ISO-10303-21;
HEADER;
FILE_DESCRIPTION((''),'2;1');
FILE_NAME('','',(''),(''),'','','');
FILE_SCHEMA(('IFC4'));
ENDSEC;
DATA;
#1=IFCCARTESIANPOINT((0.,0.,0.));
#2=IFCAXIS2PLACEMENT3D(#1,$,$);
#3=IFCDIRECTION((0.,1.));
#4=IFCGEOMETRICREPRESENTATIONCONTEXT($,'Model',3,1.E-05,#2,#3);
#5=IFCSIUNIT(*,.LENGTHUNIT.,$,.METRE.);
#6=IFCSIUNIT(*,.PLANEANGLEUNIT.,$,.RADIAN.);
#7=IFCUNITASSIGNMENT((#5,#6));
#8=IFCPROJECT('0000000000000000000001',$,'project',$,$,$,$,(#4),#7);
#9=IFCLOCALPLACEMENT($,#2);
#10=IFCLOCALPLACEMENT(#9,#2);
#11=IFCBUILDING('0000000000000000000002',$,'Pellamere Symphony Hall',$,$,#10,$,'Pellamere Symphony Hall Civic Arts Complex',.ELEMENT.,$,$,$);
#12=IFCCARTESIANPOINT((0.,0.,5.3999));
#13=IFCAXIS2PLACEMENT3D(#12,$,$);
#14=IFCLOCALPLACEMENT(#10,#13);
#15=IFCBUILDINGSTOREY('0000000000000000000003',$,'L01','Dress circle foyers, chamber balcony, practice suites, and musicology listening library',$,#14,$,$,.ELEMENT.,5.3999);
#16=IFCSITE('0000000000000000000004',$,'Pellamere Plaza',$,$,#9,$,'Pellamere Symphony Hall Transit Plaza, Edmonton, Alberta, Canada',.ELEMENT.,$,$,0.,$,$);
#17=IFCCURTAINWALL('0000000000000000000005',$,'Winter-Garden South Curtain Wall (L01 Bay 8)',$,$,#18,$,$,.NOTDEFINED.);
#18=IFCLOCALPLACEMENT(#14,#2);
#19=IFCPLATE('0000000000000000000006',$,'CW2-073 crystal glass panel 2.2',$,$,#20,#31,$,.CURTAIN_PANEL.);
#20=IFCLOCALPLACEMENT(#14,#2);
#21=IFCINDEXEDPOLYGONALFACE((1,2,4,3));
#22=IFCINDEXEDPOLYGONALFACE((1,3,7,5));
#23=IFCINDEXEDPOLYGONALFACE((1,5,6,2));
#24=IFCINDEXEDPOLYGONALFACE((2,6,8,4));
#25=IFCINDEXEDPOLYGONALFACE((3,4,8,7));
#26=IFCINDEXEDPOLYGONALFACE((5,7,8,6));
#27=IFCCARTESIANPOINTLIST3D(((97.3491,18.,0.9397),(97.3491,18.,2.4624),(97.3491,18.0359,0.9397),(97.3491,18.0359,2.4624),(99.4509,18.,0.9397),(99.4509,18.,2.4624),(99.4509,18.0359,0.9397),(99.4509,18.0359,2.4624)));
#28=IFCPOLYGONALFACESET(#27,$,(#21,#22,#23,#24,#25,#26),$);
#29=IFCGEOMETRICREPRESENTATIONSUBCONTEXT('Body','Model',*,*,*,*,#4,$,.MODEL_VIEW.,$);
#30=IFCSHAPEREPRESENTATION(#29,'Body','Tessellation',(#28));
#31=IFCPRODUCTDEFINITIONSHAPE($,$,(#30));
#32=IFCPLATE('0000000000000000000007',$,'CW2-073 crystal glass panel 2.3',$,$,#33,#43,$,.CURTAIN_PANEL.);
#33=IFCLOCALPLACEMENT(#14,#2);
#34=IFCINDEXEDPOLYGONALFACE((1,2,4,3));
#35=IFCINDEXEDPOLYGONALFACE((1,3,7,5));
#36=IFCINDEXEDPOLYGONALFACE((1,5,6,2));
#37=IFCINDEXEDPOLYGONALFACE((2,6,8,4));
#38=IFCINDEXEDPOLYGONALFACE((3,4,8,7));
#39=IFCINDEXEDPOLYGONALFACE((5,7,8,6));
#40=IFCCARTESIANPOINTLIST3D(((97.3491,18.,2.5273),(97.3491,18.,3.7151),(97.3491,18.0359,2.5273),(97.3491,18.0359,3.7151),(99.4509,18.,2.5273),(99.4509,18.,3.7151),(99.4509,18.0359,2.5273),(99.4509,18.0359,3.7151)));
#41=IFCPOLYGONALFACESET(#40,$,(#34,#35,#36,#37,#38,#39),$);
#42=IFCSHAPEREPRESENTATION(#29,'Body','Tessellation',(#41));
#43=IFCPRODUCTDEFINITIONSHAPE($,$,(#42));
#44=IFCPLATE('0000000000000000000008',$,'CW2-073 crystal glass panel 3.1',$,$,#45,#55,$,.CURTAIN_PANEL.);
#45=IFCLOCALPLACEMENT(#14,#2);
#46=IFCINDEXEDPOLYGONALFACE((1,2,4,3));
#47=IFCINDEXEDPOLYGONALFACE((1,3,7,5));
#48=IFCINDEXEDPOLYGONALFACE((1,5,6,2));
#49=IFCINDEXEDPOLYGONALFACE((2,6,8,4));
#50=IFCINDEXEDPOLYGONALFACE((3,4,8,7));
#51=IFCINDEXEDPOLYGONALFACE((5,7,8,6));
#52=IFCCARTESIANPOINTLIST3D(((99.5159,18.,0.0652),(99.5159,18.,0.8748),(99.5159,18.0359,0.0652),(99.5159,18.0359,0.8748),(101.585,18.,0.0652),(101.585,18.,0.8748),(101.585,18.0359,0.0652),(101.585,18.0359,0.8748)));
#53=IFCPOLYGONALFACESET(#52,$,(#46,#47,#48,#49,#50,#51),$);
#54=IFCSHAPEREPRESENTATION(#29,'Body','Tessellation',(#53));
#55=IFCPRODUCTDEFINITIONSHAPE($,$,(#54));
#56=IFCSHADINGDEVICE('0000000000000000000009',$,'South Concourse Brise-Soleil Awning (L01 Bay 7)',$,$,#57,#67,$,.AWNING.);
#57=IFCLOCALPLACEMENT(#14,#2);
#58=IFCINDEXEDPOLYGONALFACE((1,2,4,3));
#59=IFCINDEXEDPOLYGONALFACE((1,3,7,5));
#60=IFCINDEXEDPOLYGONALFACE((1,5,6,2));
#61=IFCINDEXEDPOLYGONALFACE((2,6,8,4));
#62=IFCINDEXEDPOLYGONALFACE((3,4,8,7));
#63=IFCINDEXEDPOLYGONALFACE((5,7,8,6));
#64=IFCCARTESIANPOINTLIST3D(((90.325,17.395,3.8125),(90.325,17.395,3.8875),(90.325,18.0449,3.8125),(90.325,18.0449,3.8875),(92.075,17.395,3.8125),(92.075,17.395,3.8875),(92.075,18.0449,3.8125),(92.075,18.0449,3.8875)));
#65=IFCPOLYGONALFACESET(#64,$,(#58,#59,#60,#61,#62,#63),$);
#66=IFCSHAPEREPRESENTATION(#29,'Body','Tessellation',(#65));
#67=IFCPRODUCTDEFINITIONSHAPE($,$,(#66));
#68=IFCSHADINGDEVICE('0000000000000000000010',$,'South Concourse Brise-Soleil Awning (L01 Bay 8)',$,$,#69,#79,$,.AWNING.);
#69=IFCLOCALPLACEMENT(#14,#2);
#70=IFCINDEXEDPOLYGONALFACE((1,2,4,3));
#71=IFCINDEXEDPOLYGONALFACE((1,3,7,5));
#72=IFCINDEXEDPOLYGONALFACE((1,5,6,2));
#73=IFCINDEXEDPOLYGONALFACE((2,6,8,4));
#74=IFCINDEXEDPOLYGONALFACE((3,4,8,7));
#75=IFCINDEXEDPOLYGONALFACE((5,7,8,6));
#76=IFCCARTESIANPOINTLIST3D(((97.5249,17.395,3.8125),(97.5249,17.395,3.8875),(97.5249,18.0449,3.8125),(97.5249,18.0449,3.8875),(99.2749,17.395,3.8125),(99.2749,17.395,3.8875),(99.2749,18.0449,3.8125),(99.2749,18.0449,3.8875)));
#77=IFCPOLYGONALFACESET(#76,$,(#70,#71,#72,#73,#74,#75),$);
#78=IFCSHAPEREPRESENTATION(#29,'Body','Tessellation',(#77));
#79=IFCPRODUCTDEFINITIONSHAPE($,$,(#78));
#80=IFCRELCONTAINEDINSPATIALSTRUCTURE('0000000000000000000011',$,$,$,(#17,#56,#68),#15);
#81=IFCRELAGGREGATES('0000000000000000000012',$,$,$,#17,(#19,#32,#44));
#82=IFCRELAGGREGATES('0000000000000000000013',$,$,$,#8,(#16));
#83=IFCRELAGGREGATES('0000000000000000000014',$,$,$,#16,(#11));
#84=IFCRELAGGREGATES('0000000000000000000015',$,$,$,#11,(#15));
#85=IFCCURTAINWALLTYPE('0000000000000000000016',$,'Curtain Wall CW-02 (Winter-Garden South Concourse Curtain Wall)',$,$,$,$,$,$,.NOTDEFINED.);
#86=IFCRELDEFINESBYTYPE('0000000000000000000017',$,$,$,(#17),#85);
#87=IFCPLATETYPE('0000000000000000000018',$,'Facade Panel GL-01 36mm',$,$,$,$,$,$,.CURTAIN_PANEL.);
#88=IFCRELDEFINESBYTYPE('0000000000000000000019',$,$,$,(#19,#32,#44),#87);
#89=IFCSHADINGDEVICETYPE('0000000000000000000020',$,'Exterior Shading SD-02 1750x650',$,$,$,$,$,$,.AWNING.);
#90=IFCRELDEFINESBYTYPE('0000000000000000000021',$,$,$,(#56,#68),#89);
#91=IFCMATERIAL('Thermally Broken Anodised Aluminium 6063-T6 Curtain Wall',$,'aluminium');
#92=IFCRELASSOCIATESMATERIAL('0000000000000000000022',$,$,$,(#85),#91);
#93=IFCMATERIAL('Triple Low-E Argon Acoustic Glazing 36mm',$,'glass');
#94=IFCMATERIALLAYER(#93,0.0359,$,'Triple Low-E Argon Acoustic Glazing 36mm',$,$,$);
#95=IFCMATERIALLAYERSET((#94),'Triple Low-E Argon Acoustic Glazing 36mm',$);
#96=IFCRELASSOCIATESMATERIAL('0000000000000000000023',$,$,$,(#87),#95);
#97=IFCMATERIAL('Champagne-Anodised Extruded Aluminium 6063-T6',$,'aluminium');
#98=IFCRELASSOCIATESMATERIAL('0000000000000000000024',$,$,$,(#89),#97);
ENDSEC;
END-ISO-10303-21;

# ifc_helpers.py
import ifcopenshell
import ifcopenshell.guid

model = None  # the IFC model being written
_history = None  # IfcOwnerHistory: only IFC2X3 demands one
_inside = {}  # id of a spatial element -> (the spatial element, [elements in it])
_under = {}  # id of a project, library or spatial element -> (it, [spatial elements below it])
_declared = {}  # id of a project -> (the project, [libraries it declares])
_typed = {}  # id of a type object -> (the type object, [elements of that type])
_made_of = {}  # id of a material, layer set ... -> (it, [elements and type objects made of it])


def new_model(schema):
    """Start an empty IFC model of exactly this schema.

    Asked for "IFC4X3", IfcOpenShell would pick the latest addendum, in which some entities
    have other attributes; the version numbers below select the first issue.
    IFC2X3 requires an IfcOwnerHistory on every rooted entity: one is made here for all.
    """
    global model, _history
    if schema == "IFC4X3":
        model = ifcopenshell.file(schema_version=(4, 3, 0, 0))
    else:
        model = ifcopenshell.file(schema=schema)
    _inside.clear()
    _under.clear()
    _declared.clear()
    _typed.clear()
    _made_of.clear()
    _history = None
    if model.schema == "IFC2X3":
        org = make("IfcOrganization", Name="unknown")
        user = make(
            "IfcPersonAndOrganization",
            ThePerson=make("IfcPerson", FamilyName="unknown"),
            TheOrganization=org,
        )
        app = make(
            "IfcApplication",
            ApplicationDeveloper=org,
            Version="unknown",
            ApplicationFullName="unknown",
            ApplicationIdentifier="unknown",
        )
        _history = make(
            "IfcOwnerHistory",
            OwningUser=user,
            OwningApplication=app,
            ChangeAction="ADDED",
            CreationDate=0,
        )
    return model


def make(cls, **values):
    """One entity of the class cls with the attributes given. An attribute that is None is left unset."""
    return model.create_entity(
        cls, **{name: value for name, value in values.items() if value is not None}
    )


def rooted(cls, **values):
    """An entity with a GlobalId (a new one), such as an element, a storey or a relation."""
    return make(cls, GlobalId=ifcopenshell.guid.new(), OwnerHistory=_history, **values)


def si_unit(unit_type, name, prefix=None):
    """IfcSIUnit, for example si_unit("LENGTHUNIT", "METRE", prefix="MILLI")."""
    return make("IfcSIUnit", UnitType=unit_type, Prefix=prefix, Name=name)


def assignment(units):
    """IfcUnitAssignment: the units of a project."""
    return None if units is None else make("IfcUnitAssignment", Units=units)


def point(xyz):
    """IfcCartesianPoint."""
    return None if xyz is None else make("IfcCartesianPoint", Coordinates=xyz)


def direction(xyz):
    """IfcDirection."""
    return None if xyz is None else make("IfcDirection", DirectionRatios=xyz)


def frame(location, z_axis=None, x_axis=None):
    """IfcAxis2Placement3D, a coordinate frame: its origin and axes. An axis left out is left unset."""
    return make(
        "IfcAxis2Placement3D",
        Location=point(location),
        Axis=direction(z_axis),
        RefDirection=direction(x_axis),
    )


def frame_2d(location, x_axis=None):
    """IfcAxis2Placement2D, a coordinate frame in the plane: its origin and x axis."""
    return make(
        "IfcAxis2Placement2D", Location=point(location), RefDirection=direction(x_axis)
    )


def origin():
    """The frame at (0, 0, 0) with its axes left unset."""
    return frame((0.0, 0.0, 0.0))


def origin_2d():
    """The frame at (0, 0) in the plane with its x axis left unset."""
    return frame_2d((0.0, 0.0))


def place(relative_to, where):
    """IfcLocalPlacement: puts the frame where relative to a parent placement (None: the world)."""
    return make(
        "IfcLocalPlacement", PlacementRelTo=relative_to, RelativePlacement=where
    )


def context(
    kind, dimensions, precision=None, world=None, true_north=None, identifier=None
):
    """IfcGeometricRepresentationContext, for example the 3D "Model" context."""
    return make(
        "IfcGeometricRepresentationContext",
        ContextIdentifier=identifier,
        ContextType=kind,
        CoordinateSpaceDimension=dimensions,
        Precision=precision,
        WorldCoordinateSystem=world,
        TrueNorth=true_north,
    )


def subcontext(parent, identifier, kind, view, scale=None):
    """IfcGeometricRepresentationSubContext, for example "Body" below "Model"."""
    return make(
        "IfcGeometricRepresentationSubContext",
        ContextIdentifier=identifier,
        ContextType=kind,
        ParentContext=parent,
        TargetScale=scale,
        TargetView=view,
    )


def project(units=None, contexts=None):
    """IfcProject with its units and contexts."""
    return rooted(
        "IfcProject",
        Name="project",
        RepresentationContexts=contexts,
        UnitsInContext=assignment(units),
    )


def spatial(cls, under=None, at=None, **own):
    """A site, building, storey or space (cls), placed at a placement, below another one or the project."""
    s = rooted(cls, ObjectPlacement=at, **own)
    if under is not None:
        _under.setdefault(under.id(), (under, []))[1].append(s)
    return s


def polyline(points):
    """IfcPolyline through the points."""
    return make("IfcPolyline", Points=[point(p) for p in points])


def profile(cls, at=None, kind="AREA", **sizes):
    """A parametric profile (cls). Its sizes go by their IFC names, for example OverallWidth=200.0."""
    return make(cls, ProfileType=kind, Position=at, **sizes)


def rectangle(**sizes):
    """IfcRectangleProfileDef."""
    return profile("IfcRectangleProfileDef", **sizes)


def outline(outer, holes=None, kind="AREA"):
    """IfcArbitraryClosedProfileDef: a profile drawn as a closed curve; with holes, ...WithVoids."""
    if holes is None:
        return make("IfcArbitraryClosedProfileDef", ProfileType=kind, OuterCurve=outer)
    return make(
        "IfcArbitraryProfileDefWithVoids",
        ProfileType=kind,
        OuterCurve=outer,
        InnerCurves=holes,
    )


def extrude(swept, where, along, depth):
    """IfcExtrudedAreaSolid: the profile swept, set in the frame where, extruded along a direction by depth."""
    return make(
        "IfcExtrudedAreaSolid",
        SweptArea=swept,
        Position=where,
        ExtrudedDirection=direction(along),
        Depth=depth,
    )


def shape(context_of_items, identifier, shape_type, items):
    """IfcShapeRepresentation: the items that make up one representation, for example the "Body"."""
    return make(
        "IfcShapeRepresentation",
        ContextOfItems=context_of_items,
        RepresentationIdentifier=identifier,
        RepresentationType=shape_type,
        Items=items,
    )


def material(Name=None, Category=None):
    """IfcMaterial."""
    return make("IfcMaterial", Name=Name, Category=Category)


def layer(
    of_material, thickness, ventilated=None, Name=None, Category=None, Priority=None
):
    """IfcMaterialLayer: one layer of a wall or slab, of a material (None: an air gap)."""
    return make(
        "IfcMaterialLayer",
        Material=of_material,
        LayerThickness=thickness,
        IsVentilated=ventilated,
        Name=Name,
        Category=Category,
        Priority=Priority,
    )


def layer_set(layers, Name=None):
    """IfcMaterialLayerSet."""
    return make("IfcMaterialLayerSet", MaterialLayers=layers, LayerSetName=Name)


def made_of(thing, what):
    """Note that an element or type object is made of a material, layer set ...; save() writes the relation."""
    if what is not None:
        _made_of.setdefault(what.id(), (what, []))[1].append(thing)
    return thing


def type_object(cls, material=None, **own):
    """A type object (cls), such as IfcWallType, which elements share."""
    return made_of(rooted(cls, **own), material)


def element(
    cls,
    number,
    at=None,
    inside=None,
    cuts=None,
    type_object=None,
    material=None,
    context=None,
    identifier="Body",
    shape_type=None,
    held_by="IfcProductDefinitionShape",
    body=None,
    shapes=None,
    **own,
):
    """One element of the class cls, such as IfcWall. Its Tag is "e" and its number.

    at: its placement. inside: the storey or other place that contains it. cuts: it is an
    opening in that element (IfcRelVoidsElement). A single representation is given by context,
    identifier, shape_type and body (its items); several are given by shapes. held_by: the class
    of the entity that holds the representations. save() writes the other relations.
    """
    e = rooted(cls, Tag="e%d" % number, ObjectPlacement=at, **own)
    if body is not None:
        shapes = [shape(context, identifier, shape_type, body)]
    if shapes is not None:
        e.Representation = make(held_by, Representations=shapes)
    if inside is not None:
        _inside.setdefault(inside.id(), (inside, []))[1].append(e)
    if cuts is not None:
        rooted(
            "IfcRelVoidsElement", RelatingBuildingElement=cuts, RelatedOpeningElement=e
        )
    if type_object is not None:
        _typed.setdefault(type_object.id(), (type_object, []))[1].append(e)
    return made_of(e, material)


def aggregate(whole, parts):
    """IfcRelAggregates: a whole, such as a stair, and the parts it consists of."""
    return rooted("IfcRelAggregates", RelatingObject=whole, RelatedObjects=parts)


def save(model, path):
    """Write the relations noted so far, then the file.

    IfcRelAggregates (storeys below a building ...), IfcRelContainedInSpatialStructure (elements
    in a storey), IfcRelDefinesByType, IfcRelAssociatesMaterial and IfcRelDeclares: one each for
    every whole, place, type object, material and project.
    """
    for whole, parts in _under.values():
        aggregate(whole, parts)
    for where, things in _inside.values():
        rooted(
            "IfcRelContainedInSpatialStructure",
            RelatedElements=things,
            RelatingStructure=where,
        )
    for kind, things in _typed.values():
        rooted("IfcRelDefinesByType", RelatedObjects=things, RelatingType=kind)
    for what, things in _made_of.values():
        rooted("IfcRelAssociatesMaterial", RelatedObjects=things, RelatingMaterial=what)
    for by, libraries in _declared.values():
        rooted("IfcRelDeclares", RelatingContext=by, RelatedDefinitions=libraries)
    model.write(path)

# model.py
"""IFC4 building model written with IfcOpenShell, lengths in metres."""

from ifc_helpers import new_model, si_unit, direction, frame, origin, origin_2d, place, context, subcontext, project, spatial, polyline, rectangle, outline, extrude, material, layer, layer_set, type_object, element, aggregate, save


model = new_model("IFC4")

# Units and contexts
model_context = context("Model", 3, precision=1e-05, world=origin(), true_north=direction((0.0, 1.0)))
body_context = subcontext(model_context, "Body", "Model", "MODEL_VIEW")
ifc_project = project(units=[si_unit("LENGTHUNIT", "METRE"), si_unit("PLANEANGLEUNIT", "RADIAN")], contexts=[model_context])

# Site, building, storey
site_placement = place(None, origin())
site = spatial("IfcSite", under=ifc_project, at=site_placement, Name="Pellamere Plaza", LongName="Pellamere Symphony Hall Transit Plaza, Edmonton, Alberta, Canada", CompositionType="ELEMENT", RefElevation=0.0)
building_placement = place(site_placement, origin())
building = spatial("IfcBuilding", under=site, at=building_placement, Name="Pellamere Symphony Hall", LongName="Pellamere Symphony Hall Civic Arts Complex", CompositionType="ELEMENT")
storey_placement = place(building_placement, frame((0.0, 0.0, 5.3999)))
storey = spatial("IfcBuildingStorey", under=building, at=storey_placement, Name="L01", Description="Dress circle foyers, chamber balcony, practice suites, and musicology listening library", CompositionType="ELEMENT", Elevation=5.3999)

# Curtain wall
ifc_material_1 = material(Name="Thermally Broken Anodised Aluminium 6063-T6 Curtain Wall", Category="aluminium")
curtain_wall_type = type_object("IfcCurtainWallType", Name="Curtain Wall CW-02 (Winter-Garden South Concourse Curtain Wall)", PredefinedType="NOTDEFINED", material=ifc_material_1)
curtain_wall_1_placement = place(storey_placement, origin())
curtain_wall_1 = element("IfcCurtainWall", 1, at=curtain_wall_1_placement, inside=storey, type_object=curtain_wall_type, Name="Winter-Garden South Curtain Wall (L01 Bay 8)", PredefinedType="NOTDEFINED")

# Plates
ifc_material_2 = material(Name="Triple Low-E Argon Acoustic Glazing 36mm", Category="glass")
ifc_layer = layer(ifc_material_2, 0.0359, Name="Triple Low-E Argon Acoustic Glazing 36mm")
ifc_layer_set = layer_set([ifc_layer], Name="Triple Low-E Argon Acoustic Glazing 36mm")
plate_type = type_object("IfcPlateType", Name="Facade Panel GL-01 36mm", PredefinedType="CURTAIN_PANEL", material=ifc_layer_set)
plate_1_placement = place(storey_placement, frame((97.3491, 18.0, 0.9397), z_axis=(0.0, -1.0, 0.0), x_axis=(1.0, 0.0, 0.0)))
plate_1 = element("IfcPlate", 2, at=plate_1_placement, type_object=plate_type, Name="CW2-073 crystal glass panel 2.2", PredefinedType="CURTAIN_PANEL", context=body_context, shape_type="SweptSolid", body=[
    extrude(outline(polyline([(0.0, 0.0), (2.1018, 0.0), (2.1018, 1.5227), (0.0, 1.5227), (0.0, 0.0)])), origin(), (0.0, 0.0, -1.0), 0.0359),
])
plate_2_placement = place(storey_placement, frame((97.3491, 18.0, 2.5273), z_axis=(0.0, -1.0, 0.0), x_axis=(1.0, 0.0, 0.0)))
plate_2 = element("IfcPlate", 3, at=plate_2_placement, type_object=plate_type, Name="CW2-073 crystal glass panel 2.3", PredefinedType="CURTAIN_PANEL", context=body_context, shape_type="SweptSolid", body=[
    extrude(outline(polyline([(0.0, 0.0), (2.1018, 0.0), (2.1018, 1.1877), (0.0, 1.1877), (0.0, 0.0)])), origin(), (0.0, 0.0, -1.0), 0.0359),
])
plate_3_placement = place(storey_placement, frame((99.5159, 18.0, 0.0652), z_axis=(0.0, -1.0, 0.0), x_axis=(1.0, 0.0, 0.0)))
plate_3 = element("IfcPlate", 4, at=plate_3_placement, type_object=plate_type, Name="CW2-073 crystal glass panel 3.1", PredefinedType="CURTAIN_PANEL", context=body_context, shape_type="SweptSolid", body=[
    extrude(outline(polyline([(0.0, 0.0), (2.0691, 0.0), (2.0691, 0.8096), (0.0, 0.8096), (0.0, 0.0)])), origin(), (0.0, 0.0, -1.0), 0.0359),
])
aggregate(curtain_wall_1, [plate_1, plate_2, plate_3])

# Shading devices
ifc_material_3 = material(Name="Champagne-Anodised Extruded Aluminium 6063-T6", Category="aluminium")
shading_device_type = type_object("IfcShadingDeviceType", Name="Exterior Shading SD-02 1750x650", PredefinedType="AWNING", material=ifc_material_3)
for number, where, z_axis, x_axis, name in (
    (5, (91.2, 17.72, 3.8125), (0.0, 0.0, 1.0), (1.0, 0.0, 0.0), "South Concourse Brise-Soleil Awning (L01 Bay 7)"),
    (6, (98.3999, 17.72, 3.8125), (0.0, 0.0, 1.0), (1.0, 0.0, 0.0), "South Concourse Brise-Soleil Awning (L01 Bay 8)"),
):
    element("IfcShadingDevice", number, at=place(storey_placement, frame(where, z_axis=z_axis, x_axis=x_axis)), inside=storey, type_object=shading_device_type, Name=name, PredefinedType="AWNING", context=body_context, shape_type="SweptSolid", body=[
        extrude(rectangle(XDim=1.75, YDim=0.6499, at=origin_2d()), origin(), (0.0, 0.0, 1.0), 0.075),
    ])

save(model, "model.ifc")
